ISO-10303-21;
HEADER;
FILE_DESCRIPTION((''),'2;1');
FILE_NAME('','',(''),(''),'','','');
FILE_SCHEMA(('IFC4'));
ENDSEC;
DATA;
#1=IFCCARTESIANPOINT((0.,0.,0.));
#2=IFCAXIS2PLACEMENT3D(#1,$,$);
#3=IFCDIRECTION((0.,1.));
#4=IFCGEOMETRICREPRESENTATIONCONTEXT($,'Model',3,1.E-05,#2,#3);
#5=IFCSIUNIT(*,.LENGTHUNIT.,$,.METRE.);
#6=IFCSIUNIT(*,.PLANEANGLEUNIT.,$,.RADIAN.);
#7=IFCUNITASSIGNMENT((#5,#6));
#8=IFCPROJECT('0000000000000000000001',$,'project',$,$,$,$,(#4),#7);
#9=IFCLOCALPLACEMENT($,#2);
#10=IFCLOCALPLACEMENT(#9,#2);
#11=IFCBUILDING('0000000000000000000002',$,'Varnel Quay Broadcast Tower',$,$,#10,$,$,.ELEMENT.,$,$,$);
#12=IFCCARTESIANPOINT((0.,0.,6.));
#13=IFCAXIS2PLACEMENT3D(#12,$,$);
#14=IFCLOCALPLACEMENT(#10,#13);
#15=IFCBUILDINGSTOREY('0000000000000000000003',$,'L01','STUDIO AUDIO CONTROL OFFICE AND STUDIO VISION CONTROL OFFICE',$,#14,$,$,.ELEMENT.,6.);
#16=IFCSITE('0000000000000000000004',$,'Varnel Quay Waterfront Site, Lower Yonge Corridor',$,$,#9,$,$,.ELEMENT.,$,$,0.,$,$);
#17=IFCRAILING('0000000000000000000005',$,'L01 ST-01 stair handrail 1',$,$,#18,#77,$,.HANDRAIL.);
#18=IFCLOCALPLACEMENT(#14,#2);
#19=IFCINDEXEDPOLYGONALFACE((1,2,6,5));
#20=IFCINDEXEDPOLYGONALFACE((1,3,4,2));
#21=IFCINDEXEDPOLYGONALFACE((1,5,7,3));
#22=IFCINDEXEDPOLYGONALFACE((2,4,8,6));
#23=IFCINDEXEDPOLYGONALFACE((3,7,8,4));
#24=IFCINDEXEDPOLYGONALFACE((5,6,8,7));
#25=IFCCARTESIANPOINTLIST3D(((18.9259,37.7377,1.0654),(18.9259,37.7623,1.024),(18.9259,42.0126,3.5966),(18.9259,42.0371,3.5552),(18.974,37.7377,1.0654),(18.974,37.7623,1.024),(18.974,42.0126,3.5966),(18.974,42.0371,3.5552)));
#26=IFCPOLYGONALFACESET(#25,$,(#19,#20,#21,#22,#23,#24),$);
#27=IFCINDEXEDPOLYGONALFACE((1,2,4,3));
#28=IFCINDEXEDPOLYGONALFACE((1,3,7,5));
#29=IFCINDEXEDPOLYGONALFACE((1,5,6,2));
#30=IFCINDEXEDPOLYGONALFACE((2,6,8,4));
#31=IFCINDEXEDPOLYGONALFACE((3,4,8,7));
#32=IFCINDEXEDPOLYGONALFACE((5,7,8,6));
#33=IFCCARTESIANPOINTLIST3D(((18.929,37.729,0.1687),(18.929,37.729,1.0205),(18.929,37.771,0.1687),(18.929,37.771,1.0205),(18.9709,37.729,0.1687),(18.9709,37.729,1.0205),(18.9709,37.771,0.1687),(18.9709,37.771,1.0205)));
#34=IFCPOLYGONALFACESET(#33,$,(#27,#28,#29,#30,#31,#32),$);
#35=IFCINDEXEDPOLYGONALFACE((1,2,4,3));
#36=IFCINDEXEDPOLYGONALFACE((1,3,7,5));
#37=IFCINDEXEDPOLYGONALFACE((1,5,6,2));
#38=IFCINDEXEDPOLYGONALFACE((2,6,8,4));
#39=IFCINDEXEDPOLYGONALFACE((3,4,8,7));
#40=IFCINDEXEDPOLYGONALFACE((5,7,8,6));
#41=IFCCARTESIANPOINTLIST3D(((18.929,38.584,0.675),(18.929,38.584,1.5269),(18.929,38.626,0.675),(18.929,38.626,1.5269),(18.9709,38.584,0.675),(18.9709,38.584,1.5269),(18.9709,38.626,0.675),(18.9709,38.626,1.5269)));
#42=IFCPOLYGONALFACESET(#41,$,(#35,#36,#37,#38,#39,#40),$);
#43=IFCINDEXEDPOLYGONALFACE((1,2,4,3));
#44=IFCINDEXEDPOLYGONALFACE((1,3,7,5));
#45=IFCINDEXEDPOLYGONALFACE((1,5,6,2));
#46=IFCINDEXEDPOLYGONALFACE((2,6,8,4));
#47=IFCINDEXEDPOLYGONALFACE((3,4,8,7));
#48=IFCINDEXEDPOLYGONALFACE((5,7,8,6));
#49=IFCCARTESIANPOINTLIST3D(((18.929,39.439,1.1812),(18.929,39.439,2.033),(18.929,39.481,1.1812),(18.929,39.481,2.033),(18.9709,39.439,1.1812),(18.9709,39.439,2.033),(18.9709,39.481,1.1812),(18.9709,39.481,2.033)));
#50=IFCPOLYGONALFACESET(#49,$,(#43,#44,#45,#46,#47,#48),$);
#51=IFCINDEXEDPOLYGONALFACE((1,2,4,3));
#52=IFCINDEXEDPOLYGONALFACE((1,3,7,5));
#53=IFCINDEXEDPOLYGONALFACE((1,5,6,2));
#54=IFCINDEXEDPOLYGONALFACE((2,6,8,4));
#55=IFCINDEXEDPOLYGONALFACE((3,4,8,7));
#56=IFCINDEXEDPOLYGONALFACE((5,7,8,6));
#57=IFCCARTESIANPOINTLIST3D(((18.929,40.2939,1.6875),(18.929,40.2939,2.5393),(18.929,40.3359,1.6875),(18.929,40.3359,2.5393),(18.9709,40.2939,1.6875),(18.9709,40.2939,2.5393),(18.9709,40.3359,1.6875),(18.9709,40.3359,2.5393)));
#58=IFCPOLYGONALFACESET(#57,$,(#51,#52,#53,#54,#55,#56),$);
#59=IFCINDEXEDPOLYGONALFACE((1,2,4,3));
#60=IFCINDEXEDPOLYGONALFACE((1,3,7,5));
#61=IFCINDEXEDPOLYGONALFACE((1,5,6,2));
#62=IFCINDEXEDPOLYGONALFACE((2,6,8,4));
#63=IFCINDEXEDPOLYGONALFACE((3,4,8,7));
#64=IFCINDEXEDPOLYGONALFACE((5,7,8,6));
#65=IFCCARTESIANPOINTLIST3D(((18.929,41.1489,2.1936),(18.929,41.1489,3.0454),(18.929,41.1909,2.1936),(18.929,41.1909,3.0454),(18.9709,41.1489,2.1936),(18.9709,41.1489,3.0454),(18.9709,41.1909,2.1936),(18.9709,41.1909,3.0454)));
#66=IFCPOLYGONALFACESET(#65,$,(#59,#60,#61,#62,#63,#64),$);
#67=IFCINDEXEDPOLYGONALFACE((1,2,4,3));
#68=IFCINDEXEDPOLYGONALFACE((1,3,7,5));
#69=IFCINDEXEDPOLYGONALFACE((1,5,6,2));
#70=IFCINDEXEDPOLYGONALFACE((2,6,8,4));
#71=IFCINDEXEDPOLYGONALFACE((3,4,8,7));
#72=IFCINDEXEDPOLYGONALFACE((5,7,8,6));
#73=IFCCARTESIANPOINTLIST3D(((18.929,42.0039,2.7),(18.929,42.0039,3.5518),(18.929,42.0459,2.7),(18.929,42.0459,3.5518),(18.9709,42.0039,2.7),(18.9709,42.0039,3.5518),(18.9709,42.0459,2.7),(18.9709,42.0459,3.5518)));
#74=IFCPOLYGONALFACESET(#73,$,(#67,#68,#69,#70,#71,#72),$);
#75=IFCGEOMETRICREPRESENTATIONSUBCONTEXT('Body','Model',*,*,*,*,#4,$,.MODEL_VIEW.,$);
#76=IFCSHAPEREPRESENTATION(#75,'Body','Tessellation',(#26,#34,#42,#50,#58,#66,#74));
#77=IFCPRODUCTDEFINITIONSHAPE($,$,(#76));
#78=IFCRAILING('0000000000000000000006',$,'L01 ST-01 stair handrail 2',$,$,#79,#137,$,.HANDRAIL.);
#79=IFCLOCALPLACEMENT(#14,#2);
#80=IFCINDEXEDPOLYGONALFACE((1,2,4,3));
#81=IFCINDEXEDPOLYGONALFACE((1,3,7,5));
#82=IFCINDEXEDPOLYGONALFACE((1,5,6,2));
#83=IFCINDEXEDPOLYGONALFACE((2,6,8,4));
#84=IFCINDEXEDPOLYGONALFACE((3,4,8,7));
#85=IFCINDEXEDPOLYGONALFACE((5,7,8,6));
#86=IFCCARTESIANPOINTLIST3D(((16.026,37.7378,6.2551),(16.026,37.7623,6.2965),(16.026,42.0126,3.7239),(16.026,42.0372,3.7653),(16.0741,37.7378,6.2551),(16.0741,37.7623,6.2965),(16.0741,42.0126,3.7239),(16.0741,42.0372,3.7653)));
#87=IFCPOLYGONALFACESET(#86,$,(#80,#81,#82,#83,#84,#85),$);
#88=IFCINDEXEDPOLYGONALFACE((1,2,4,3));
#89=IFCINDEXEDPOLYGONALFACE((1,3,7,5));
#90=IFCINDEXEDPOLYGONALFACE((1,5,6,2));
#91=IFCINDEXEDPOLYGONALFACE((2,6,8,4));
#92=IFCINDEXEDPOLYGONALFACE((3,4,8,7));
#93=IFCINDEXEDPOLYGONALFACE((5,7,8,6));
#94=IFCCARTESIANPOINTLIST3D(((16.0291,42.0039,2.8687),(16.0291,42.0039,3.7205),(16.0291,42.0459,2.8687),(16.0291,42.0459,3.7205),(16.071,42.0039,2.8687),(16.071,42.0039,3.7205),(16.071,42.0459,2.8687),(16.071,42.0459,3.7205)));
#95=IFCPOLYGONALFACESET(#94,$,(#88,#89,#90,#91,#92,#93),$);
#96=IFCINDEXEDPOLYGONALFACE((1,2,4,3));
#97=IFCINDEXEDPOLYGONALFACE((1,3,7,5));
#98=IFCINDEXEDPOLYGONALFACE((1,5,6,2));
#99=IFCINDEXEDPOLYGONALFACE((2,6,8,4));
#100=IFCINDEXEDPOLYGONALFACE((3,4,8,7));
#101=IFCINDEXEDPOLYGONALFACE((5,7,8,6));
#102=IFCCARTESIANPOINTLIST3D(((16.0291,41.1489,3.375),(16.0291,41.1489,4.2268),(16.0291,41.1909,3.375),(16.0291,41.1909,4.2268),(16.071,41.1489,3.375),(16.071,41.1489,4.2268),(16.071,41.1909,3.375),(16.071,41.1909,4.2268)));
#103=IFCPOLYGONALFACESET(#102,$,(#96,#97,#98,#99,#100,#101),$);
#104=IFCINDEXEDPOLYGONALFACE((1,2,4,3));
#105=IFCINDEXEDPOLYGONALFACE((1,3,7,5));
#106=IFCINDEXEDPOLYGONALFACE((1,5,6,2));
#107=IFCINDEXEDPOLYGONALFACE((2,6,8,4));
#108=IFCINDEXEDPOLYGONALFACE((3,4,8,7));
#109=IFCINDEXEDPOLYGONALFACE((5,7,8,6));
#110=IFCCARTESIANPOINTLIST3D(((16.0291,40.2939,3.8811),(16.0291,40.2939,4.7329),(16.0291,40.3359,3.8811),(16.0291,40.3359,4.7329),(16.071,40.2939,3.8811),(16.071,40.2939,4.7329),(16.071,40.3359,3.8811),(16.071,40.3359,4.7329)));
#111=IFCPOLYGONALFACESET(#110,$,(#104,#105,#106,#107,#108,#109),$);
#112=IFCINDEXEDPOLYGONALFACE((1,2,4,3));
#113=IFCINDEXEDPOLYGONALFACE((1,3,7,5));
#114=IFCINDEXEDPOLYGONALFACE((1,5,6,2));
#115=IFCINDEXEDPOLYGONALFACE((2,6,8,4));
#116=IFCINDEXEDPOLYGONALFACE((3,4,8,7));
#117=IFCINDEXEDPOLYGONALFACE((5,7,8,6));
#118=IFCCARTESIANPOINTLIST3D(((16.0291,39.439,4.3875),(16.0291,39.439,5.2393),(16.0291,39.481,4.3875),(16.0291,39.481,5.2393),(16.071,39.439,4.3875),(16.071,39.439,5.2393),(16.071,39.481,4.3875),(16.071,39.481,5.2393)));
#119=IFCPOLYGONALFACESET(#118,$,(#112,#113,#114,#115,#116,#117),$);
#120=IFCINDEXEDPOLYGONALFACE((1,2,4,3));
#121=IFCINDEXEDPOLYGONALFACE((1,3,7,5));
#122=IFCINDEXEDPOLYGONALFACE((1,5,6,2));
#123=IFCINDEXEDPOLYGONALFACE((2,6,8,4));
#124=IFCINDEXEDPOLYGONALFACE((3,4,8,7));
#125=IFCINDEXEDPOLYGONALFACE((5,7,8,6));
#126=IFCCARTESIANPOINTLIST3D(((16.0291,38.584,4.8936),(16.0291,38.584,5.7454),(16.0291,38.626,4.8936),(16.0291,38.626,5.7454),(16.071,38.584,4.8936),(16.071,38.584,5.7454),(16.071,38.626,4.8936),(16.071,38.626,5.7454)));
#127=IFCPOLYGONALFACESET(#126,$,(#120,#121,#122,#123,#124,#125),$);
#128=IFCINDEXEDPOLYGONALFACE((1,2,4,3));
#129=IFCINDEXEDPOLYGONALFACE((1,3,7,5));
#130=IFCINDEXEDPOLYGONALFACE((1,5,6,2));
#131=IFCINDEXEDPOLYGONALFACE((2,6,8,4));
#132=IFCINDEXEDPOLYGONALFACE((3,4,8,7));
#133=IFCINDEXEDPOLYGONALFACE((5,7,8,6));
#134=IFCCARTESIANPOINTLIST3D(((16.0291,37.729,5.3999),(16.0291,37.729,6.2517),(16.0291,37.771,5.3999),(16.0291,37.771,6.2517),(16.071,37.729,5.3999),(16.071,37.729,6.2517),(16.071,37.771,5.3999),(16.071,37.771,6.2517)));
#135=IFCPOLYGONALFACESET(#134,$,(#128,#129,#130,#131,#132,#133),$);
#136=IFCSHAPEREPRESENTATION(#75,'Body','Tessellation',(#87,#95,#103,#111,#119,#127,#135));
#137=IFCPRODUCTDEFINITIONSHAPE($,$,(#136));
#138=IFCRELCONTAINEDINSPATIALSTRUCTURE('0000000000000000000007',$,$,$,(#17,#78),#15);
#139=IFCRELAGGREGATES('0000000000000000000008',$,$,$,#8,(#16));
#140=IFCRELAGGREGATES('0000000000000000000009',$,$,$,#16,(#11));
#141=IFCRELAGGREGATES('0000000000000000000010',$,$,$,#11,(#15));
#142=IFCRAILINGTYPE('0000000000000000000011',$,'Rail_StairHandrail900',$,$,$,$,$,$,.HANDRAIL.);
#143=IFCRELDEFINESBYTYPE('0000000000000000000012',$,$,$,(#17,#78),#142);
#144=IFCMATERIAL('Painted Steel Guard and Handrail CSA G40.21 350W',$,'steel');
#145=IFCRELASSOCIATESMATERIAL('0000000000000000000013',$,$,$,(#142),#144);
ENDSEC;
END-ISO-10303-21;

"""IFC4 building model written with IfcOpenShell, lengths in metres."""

from ifc_helpers import new_model, si_unit, direction, frame, origin, origin_2d, place, context, subcontext, project, spatial, rectangle, extrude, material, type_object, element, save


model = new_model("IFC4")

# Units and contexts
model_context = context("Model", 3, precision=1e-05, world=origin(), true_north=direction((0.0, 1.0)))
body_context = subcontext(model_context, "Body", "Model", "MODEL_VIEW")
ifc_project = project(units=[si_unit("LENGTHUNIT", "METRE"), si_unit("PLANEANGLEUNIT", "RADIAN")], contexts=[model_context])

# Site, building, storey
site_placement = place(None, origin())
site = spatial("IfcSite", under=ifc_project, at=site_placement, Name="Varnel Quay Waterfront Site, Lower Yonge Corridor", CompositionType="ELEMENT", RefElevation=0.0)
building_placement = place(site_placement, origin())
building = spatial("IfcBuilding", under=site, at=building_placement, Name="Varnel Quay Broadcast Tower", CompositionType="ELEMENT")
storey_placement = place(building_placement, frame((0.0, 0.0, 6.0)))
storey = spatial("IfcBuildingStorey", under=building, at=storey_placement, Name="L01", Description="STUDIO AUDIO CONTROL OFFICE AND STUDIO VISION CONTROL OFFICE", CompositionType="ELEMENT", Elevation=6.0)

# Railings
ifc_material_1 = material(Name="Painted Steel Guard and Handrail CSA G40.21 350W", Category="steel")
railing_type_1 = type_object("IfcRailingType", Name="Rail_StairHandrail900", PredefinedType="HANDRAIL", material=ifc_material_1)
railing_1_placement = place(storey_placement, frame((18.95, 37.75, 0.1687)))
element("IfcRailing", 1, at=railing_1_placement, inside=storey, type_object=railing_type_1, Name="L01 ST-01 stair handrail 1", PredefinedType="HANDRAIL", context=body_context, shape_type="SweptSolid", body=[
    extrude(rectangle(XDim=0.0481, YDim=0.0481, at=origin_2d()), frame((0.0, 0.0, 0.876), z_axis=(0.0, 0.86047, 0.509501), x_axis=(-1.0, 0.0, 0.0)), (0.0, 0.0, 1.0), 4.968),
    extrude(rectangle(XDim=0.042, YDim=0.042, at=origin_2d()), origin(), (0.0, 0.0, 1.0), 0.8518),
    extrude(rectangle(XDim=0.042, YDim=0.042, at=origin_2d()), frame((0.0, 0.855, 0.5063)), (0.0, 0.0, 1.0), 0.8518),
    extrude(rectangle(XDim=0.042, YDim=0.042, at=origin_2d()), frame((0.0, 1.71, 1.0125)), (0.0, 0.0, 1.0), 0.8518),
    extrude(rectangle(XDim=0.042, YDim=0.042, at=origin_2d()), frame((0.0, 2.5649, 1.5188)), (0.0, 0.0, 1.0), 0.8518),
    extrude(rectangle(XDim=0.042, YDim=0.042, at=origin_2d()), frame((0.0, 3.4199, 2.0249)), (0.0, 0.0, 1.0), 0.8518),
    extrude(rectangle(XDim=0.042, YDim=0.042, at=origin_2d()), frame((0.0, 4.2749, 2.5312)), (0.0, 0.0, 1.0), 0.8518),
])
railing_2_placement = place(storey_placement, frame((16.05, 42.0249, 2.8687)))
element("IfcRailing", 2, at=railing_2_placement, inside=storey, type_object=railing_type_1, Name="L01 ST-01 stair handrail 2", PredefinedType="HANDRAIL", context=body_context, shape_type="SweptSolid", body=[
    extrude(rectangle(XDim=0.0481, YDim=0.0481, at=origin_2d()), frame((0.0, 0.0, 0.876), z_axis=(0.0, -0.86047, 0.509501), x_axis=(1.0, 0.0, 0.0)), (0.0, 0.0, 1.0), 4.968),
    extrude(rectangle(XDim=0.042, YDim=0.042, at=origin_2d()), origin(), (0.0, 0.0, 1.0), 0.8518),
    extrude(rectangle(XDim=0.042, YDim=0.042, at=origin_2d()), frame((0.0, -0.855, 0.5063)), (0.0, 0.0, 1.0), 0.8518),
    extrude(rectangle(XDim=0.042, YDim=0.042, at=origin_2d()), frame((0.0, -1.71, 1.0125)), (0.0, 0.0, 1.0), 0.8518),
    extrude(rectangle(XDim=0.042, YDim=0.042, at=origin_2d()), frame((0.0, -2.5649, 1.5188)), (0.0, 0.0, 1.0), 0.8518),
    extrude(rectangle(XDim=0.042, YDim=0.042, at=origin_2d()), frame((0.0, -3.4199, 2.0249)), (0.0, 0.0, 1.0), 0.8518),
    extrude(rectangle(XDim=0.042, YDim=0.042, at=origin_2d()), frame((0.0, -4.2749, 2.5312)), (0.0, 0.0, 1.0), 0.8518),
])

save(model, "model.ifc")
